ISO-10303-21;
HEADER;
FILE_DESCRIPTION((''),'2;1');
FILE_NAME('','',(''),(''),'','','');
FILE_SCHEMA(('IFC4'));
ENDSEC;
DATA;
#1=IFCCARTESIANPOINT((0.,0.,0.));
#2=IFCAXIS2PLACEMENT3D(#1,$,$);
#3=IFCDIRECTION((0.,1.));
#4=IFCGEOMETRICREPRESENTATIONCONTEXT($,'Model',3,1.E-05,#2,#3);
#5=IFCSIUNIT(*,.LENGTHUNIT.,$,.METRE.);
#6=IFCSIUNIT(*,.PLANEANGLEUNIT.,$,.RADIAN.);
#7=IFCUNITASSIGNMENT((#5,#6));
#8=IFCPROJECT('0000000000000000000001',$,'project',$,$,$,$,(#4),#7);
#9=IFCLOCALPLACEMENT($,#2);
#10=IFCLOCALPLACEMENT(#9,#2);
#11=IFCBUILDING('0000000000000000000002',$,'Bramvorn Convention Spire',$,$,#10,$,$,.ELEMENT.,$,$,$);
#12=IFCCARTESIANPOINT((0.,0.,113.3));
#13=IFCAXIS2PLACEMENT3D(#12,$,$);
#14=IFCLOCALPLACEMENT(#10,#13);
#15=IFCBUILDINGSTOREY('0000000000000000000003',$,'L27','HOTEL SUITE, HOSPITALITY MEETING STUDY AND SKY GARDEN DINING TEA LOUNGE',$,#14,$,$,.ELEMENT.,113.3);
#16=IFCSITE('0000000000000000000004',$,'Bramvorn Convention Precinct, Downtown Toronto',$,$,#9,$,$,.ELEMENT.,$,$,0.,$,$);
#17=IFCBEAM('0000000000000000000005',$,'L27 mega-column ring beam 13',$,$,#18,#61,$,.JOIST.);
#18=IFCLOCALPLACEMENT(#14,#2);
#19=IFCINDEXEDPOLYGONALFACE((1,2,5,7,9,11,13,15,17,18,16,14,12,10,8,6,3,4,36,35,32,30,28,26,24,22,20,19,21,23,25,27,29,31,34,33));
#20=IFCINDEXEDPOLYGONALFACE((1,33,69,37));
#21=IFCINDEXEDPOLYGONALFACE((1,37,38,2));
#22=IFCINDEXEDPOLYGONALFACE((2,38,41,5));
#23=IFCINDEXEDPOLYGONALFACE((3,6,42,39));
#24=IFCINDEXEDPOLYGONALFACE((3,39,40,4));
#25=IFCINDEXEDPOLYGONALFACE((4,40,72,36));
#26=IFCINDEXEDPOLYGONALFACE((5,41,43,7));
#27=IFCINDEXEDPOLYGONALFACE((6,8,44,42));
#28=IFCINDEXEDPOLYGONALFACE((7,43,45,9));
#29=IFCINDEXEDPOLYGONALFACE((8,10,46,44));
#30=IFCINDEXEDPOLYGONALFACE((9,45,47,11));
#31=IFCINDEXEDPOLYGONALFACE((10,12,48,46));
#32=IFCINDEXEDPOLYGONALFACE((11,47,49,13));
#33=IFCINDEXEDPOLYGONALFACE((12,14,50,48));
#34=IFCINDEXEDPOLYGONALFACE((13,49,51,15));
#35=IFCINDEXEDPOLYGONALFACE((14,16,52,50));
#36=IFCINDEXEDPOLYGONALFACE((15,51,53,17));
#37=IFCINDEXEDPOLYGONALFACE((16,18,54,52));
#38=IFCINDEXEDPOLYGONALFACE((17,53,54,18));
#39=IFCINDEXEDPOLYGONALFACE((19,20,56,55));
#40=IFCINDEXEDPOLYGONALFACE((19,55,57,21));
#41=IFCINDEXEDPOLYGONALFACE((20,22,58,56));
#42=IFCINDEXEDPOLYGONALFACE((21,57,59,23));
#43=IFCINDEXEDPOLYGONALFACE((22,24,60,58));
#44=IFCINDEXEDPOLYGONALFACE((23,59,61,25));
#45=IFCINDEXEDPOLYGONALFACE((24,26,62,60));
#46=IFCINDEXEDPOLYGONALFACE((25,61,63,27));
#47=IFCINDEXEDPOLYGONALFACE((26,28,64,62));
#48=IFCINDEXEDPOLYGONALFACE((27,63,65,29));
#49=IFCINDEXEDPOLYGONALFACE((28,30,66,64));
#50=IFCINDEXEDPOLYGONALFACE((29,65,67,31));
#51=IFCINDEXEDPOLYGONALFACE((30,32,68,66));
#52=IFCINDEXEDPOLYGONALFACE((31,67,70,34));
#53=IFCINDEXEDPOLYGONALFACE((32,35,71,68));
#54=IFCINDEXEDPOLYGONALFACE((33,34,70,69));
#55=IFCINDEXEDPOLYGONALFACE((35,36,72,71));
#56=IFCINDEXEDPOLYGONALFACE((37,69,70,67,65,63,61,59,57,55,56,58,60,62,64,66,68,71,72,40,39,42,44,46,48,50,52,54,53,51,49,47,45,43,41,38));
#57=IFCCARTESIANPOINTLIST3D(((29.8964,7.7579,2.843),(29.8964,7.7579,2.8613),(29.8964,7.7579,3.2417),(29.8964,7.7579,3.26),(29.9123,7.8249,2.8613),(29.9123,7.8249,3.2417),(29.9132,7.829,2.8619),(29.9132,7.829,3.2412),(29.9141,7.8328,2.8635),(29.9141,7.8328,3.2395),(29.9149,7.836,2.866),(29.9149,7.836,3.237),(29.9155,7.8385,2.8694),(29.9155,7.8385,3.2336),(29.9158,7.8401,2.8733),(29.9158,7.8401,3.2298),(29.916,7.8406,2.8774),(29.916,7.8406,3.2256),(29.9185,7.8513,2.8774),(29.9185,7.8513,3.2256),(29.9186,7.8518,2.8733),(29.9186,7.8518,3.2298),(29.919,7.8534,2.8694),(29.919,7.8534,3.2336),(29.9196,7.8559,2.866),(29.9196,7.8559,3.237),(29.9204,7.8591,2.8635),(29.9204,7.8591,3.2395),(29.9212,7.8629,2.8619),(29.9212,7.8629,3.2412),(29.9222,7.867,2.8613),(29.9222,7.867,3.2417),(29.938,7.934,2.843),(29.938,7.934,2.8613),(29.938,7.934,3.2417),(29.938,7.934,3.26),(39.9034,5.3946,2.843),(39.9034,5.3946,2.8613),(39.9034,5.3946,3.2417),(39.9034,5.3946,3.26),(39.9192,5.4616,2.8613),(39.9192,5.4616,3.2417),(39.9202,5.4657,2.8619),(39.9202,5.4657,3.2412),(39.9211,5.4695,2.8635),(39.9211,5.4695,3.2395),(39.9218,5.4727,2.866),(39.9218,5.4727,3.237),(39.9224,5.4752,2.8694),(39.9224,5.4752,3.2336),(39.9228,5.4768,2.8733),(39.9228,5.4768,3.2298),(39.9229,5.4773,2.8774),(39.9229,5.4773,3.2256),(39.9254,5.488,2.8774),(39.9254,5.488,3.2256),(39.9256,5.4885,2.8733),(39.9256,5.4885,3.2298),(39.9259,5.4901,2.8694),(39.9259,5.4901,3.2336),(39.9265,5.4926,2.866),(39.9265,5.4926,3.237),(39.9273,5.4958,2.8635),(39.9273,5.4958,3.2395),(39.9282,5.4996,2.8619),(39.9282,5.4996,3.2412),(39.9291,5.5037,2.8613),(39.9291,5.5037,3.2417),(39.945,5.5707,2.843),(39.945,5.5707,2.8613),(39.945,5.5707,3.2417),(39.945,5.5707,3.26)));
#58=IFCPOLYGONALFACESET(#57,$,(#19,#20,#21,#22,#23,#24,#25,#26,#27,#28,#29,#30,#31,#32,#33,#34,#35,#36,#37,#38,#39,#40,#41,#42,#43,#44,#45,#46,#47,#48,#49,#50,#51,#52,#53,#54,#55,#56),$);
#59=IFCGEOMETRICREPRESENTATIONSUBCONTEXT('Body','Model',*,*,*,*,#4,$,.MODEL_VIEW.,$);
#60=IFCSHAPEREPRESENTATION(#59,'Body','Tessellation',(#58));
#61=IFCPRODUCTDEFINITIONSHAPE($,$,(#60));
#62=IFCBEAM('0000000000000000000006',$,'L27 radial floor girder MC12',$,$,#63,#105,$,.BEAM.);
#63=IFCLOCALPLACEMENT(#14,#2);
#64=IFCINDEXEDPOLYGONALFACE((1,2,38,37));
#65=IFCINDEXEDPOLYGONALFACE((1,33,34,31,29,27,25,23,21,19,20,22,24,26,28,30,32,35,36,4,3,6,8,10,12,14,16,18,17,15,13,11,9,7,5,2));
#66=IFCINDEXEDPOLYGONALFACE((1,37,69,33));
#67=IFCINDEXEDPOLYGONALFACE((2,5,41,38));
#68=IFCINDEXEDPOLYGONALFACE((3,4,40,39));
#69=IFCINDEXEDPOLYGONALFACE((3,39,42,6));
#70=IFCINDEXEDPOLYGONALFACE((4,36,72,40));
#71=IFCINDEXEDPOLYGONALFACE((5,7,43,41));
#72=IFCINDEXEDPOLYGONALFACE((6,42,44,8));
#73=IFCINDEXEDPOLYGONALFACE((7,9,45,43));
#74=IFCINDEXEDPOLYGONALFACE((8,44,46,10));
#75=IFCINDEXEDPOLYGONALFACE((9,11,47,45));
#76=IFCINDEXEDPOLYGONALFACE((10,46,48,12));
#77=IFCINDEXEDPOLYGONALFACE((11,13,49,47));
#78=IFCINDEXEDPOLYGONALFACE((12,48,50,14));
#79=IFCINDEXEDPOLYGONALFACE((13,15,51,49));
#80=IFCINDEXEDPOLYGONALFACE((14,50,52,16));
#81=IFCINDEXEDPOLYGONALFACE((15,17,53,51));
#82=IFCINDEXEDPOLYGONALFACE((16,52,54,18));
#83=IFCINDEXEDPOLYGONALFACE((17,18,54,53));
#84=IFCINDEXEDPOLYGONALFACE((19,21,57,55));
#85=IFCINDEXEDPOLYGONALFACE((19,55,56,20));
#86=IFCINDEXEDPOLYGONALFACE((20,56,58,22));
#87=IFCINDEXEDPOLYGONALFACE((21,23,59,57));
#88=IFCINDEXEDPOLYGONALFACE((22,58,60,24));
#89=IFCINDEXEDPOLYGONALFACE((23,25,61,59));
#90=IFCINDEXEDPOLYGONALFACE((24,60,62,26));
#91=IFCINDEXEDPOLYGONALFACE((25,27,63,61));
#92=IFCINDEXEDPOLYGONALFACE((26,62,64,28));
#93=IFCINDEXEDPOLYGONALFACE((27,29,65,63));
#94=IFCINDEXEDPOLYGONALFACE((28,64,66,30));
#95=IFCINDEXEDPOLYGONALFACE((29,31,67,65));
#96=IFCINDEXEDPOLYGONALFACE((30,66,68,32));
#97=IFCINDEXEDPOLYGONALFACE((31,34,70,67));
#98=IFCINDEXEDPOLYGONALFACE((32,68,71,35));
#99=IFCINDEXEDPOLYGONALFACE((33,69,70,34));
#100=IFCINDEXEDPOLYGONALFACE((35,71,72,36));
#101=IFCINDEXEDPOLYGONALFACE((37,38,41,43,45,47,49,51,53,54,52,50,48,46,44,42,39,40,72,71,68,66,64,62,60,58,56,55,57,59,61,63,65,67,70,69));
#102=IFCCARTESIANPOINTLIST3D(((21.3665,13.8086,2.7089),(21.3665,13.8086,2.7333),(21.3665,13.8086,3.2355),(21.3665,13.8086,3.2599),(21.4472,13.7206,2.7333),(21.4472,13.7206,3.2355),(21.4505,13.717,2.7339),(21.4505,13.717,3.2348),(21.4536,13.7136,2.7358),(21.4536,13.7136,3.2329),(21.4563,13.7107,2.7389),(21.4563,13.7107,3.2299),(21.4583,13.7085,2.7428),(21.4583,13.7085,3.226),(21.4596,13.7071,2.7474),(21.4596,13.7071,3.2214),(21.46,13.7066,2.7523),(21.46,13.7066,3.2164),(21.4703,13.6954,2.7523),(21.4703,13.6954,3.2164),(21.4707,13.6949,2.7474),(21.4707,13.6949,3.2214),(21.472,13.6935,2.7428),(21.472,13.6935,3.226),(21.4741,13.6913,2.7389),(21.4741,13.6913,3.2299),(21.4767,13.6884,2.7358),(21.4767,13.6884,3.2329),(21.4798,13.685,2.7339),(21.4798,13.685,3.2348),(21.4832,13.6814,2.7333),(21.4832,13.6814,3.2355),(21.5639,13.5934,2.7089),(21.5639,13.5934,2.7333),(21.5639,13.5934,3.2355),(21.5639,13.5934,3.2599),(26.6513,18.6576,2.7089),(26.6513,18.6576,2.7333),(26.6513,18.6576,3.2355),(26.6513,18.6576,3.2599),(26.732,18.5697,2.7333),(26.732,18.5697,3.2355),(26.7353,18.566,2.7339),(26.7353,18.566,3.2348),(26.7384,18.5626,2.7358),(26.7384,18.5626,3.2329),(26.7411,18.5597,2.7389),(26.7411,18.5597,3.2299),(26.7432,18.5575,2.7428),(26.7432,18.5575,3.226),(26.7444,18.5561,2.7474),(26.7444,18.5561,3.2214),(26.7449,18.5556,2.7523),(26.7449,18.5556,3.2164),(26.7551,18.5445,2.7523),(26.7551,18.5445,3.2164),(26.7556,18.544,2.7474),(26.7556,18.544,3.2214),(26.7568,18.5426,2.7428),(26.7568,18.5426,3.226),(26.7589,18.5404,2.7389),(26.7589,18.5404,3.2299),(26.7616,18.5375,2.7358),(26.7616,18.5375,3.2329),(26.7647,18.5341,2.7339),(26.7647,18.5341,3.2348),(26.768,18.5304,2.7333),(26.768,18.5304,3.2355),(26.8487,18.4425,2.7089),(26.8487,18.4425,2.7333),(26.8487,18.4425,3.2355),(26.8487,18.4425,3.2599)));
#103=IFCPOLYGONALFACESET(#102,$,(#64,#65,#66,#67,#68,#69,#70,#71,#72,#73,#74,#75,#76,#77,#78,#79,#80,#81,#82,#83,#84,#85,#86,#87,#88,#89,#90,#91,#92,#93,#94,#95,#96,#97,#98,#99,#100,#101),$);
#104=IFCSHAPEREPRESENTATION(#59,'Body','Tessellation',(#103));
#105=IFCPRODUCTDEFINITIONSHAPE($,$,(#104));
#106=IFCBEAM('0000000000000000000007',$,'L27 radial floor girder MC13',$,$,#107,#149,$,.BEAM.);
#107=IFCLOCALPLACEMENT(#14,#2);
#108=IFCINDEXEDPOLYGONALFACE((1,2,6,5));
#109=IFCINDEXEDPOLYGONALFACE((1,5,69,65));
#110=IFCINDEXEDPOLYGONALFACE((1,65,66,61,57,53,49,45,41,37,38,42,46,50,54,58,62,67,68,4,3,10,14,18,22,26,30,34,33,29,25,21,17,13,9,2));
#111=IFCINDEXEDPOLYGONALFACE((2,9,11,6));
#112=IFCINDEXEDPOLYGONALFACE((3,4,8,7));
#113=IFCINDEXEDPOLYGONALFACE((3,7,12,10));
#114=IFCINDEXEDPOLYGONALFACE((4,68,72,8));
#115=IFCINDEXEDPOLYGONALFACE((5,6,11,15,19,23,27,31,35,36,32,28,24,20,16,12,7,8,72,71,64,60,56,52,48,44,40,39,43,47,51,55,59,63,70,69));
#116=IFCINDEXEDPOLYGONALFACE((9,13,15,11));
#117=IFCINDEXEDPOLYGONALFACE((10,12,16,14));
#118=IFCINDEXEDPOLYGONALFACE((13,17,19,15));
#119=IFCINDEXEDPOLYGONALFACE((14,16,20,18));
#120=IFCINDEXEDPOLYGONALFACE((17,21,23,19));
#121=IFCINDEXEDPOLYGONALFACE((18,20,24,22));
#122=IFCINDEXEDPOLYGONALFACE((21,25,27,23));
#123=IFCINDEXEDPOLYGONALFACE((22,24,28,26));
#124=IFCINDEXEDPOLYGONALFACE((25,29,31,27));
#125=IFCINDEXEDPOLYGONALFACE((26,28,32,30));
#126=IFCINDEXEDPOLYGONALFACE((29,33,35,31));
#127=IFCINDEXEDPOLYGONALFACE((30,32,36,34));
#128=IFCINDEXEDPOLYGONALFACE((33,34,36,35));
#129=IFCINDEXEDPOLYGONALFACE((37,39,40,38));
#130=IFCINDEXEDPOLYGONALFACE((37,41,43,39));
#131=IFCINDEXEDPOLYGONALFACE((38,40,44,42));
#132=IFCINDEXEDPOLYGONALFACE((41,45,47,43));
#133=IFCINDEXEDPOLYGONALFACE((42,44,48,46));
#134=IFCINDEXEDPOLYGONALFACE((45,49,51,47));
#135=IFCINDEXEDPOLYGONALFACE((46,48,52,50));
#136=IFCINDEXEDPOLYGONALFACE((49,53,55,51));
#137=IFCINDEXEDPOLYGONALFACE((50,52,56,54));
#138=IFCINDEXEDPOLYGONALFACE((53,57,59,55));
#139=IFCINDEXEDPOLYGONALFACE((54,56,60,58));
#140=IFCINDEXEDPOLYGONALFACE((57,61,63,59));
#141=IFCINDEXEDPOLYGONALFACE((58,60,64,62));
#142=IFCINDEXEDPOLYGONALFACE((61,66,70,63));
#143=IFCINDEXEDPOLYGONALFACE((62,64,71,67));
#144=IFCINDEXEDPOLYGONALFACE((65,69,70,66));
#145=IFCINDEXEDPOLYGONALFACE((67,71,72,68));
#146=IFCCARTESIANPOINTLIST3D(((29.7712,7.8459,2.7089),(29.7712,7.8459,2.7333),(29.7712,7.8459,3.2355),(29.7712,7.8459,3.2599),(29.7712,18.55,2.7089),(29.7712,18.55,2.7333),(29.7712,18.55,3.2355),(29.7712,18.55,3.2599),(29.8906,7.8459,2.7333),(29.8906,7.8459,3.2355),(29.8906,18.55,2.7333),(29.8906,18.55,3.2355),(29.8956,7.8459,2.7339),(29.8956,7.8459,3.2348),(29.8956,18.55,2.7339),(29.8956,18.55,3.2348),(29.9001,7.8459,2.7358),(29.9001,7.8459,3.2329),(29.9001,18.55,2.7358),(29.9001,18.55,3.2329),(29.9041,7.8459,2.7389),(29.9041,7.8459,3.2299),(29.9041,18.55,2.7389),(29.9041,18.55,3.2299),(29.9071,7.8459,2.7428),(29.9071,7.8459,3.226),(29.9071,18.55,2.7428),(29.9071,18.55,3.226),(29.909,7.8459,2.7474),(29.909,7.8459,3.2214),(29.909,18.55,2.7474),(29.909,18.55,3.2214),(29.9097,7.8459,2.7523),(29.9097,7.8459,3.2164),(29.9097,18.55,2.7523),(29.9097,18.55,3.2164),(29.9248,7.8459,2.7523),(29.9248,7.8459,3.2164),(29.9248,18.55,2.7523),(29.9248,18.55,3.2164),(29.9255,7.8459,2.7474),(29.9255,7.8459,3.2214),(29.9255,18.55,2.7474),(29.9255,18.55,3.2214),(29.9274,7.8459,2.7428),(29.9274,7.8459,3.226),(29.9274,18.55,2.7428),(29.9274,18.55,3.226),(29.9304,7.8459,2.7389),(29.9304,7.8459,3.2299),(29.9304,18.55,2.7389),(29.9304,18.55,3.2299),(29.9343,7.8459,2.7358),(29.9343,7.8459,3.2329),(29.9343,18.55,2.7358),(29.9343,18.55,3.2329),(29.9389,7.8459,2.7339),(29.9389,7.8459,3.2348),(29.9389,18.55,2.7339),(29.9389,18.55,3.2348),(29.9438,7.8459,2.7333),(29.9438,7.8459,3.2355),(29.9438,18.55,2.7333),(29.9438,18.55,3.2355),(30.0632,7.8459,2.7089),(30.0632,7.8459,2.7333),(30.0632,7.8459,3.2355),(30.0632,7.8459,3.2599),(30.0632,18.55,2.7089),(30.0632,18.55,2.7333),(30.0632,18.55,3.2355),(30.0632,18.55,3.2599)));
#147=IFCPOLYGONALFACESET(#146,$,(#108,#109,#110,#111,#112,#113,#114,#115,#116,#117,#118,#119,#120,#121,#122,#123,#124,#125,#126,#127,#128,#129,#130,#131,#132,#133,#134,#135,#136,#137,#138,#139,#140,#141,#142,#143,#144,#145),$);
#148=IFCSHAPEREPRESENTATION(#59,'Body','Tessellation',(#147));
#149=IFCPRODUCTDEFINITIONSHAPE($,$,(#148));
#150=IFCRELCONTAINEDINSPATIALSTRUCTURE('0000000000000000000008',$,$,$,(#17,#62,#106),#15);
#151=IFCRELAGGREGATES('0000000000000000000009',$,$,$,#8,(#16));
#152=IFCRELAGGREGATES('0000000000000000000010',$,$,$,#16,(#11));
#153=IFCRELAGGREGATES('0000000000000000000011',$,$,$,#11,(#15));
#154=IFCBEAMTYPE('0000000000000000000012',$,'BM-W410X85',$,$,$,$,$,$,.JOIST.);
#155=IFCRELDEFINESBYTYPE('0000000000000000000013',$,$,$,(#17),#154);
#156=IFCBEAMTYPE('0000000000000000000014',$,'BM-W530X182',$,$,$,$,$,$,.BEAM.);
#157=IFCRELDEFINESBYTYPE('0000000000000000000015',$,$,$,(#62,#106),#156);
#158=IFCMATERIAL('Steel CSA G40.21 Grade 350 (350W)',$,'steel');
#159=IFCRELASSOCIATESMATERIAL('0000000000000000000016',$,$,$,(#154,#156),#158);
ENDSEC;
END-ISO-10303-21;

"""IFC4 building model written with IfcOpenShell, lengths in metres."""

from ifc_helpers import new_model, si_unit, direction, frame, origin, origin_2d, place, context, subcontext, project, spatial, i_section, extrude, material, material_profile, profile_set, type_object, element, save


model = new_model("IFC4")

# Units and contexts
model_context = context("Model", 3, precision=1e-05, world=origin(), true_north=direction((0.0, 1.0)))
body_context = subcontext(model_context, "Body", "Model", "MODEL_VIEW")
ifc_project = project(units=[si_unit("LENGTHUNIT", "METRE"), si_unit("PLANEANGLEUNIT", "RADIAN")], contexts=[model_context])

# Site, building, storey
site_placement = place(None, origin())
site = spatial("IfcSite", under=ifc_project, at=site_placement, Name="Bramvorn Convention Precinct, Downtown Toronto", CompositionType="ELEMENT", RefElevation=0.0)
building_placement = place(site_placement, origin())
building = spatial("IfcBuilding", under=site, at=building_placement, Name="Bramvorn Convention Spire", CompositionType="ELEMENT")
storey_placement = place(building_placement, frame((0.0, 0.0, 113.3)))
storey = spatial("IfcBuildingStorey", under=building, at=storey_placement, Name="L27", Description="HOTEL SUITE, HOSPITALITY MEETING STUDY AND SKY GARDEN DINING TEA LOUNGE", CompositionType="ELEMENT", Elevation=113.3)

# Shared definitions
ifc_material_1 = material(Name="Steel CSA G40.21 Grade 350 (350W)", Category="steel")

# Beams
ifc_material_profile_1 = material_profile(ifc_material_1, i_section(OverallWidth=0.1809, OverallDepth=0.417, WebThickness=0.011, FlangeThickness=0.0183, FilletRadius=0.0161, at=origin_2d()))
ifc_profile_set_1 = profile_set([ifc_material_profile_1], Name="Steel CSA G40.21 Grade 350 (350W) - W410X85")
beam_type_1 = type_object("IfcBeamType", Name="BM-W410X85", PredefinedType="JOIST", material=ifc_profile_set_1)
beam_1_placement = place(storey_placement, frame((29.9172, 7.8459, 3.0515), z_axis=(0.973228, -0.229844, 0.0), x_axis=(0.229844, 0.973228, 0.0)))
element("IfcBeam", 1, at=beam_1_placement, inside=storey, type_object=beam_type_1, Name="L27 mega-column ring beam 13", PredefinedType="JOIST", context=body_context, shape_type="SweptSolid", body=[
    extrude(i_section(OverallWidth=0.1809, OverallDepth=0.417, WebThickness=0.011, FlangeThickness=0.0183, FilletRadius=0.0161, at=origin_2d()), origin(), (0.0, 0.0, 1.0), 10.2822),
])
ifc_material_profile_2 = material_profile(ifc_material_1, i_section(OverallWidth=0.292, OverallDepth=0.551, WebThickness=0.0151, FlangeThickness=0.0244, FilletRadius=0.019, at=origin_2d()))
ifc_profile_set_2 = profile_set([ifc_material_profile_2], Name="Steel CSA G40.21 Grade 350 (350W) - W530X182")
beam_type_2 = type_object("IfcBeamType", Name="BM-W530X182", PredefinedType="BEAM", material=ifc_profile_set_2)
beam_2_placement = place(storey_placement, frame((26.75, 18.55, 2.9844), z_axis=(-0.736833, -0.676074, 0.0), x_axis=(0.676074, -0.736833, 0.0)))
element("IfcBeam", 2, at=beam_2_placement, inside=storey, type_object=beam_type_2, Name="L27 radial floor girder MC12", PredefinedType="BEAM", context=body_context, shape_type="SweptSolid", body=[
    extrude(i_section(OverallWidth=0.292, OverallDepth=0.551, WebThickness=0.0151, FlangeThickness=0.0244, FilletRadius=0.019, at=origin_2d()), origin(), (0.0, 0.0, 1.0), 7.1724),
])
beam_3_placement = place(storey_placement, frame((29.9172, 18.55, 2.9844), z_axis=(0.0, -1.0, 0.0), x_axis=(1.0, 0.0, 0.0)))
element("IfcBeam", 3, at=beam_3_placement, inside=storey, type_object=beam_type_2, Name="L27 radial floor girder MC13", PredefinedType="BEAM", context=body_context, shape_type="SweptSolid", body=[
    extrude(i_section(OverallWidth=0.292, OverallDepth=0.551, WebThickness=0.0151, FlangeThickness=0.0244, FilletRadius=0.019, at=origin_2d()), origin(), (0.0, 0.0, 1.0), 10.7041),
])

save(model, "model.ifc")
